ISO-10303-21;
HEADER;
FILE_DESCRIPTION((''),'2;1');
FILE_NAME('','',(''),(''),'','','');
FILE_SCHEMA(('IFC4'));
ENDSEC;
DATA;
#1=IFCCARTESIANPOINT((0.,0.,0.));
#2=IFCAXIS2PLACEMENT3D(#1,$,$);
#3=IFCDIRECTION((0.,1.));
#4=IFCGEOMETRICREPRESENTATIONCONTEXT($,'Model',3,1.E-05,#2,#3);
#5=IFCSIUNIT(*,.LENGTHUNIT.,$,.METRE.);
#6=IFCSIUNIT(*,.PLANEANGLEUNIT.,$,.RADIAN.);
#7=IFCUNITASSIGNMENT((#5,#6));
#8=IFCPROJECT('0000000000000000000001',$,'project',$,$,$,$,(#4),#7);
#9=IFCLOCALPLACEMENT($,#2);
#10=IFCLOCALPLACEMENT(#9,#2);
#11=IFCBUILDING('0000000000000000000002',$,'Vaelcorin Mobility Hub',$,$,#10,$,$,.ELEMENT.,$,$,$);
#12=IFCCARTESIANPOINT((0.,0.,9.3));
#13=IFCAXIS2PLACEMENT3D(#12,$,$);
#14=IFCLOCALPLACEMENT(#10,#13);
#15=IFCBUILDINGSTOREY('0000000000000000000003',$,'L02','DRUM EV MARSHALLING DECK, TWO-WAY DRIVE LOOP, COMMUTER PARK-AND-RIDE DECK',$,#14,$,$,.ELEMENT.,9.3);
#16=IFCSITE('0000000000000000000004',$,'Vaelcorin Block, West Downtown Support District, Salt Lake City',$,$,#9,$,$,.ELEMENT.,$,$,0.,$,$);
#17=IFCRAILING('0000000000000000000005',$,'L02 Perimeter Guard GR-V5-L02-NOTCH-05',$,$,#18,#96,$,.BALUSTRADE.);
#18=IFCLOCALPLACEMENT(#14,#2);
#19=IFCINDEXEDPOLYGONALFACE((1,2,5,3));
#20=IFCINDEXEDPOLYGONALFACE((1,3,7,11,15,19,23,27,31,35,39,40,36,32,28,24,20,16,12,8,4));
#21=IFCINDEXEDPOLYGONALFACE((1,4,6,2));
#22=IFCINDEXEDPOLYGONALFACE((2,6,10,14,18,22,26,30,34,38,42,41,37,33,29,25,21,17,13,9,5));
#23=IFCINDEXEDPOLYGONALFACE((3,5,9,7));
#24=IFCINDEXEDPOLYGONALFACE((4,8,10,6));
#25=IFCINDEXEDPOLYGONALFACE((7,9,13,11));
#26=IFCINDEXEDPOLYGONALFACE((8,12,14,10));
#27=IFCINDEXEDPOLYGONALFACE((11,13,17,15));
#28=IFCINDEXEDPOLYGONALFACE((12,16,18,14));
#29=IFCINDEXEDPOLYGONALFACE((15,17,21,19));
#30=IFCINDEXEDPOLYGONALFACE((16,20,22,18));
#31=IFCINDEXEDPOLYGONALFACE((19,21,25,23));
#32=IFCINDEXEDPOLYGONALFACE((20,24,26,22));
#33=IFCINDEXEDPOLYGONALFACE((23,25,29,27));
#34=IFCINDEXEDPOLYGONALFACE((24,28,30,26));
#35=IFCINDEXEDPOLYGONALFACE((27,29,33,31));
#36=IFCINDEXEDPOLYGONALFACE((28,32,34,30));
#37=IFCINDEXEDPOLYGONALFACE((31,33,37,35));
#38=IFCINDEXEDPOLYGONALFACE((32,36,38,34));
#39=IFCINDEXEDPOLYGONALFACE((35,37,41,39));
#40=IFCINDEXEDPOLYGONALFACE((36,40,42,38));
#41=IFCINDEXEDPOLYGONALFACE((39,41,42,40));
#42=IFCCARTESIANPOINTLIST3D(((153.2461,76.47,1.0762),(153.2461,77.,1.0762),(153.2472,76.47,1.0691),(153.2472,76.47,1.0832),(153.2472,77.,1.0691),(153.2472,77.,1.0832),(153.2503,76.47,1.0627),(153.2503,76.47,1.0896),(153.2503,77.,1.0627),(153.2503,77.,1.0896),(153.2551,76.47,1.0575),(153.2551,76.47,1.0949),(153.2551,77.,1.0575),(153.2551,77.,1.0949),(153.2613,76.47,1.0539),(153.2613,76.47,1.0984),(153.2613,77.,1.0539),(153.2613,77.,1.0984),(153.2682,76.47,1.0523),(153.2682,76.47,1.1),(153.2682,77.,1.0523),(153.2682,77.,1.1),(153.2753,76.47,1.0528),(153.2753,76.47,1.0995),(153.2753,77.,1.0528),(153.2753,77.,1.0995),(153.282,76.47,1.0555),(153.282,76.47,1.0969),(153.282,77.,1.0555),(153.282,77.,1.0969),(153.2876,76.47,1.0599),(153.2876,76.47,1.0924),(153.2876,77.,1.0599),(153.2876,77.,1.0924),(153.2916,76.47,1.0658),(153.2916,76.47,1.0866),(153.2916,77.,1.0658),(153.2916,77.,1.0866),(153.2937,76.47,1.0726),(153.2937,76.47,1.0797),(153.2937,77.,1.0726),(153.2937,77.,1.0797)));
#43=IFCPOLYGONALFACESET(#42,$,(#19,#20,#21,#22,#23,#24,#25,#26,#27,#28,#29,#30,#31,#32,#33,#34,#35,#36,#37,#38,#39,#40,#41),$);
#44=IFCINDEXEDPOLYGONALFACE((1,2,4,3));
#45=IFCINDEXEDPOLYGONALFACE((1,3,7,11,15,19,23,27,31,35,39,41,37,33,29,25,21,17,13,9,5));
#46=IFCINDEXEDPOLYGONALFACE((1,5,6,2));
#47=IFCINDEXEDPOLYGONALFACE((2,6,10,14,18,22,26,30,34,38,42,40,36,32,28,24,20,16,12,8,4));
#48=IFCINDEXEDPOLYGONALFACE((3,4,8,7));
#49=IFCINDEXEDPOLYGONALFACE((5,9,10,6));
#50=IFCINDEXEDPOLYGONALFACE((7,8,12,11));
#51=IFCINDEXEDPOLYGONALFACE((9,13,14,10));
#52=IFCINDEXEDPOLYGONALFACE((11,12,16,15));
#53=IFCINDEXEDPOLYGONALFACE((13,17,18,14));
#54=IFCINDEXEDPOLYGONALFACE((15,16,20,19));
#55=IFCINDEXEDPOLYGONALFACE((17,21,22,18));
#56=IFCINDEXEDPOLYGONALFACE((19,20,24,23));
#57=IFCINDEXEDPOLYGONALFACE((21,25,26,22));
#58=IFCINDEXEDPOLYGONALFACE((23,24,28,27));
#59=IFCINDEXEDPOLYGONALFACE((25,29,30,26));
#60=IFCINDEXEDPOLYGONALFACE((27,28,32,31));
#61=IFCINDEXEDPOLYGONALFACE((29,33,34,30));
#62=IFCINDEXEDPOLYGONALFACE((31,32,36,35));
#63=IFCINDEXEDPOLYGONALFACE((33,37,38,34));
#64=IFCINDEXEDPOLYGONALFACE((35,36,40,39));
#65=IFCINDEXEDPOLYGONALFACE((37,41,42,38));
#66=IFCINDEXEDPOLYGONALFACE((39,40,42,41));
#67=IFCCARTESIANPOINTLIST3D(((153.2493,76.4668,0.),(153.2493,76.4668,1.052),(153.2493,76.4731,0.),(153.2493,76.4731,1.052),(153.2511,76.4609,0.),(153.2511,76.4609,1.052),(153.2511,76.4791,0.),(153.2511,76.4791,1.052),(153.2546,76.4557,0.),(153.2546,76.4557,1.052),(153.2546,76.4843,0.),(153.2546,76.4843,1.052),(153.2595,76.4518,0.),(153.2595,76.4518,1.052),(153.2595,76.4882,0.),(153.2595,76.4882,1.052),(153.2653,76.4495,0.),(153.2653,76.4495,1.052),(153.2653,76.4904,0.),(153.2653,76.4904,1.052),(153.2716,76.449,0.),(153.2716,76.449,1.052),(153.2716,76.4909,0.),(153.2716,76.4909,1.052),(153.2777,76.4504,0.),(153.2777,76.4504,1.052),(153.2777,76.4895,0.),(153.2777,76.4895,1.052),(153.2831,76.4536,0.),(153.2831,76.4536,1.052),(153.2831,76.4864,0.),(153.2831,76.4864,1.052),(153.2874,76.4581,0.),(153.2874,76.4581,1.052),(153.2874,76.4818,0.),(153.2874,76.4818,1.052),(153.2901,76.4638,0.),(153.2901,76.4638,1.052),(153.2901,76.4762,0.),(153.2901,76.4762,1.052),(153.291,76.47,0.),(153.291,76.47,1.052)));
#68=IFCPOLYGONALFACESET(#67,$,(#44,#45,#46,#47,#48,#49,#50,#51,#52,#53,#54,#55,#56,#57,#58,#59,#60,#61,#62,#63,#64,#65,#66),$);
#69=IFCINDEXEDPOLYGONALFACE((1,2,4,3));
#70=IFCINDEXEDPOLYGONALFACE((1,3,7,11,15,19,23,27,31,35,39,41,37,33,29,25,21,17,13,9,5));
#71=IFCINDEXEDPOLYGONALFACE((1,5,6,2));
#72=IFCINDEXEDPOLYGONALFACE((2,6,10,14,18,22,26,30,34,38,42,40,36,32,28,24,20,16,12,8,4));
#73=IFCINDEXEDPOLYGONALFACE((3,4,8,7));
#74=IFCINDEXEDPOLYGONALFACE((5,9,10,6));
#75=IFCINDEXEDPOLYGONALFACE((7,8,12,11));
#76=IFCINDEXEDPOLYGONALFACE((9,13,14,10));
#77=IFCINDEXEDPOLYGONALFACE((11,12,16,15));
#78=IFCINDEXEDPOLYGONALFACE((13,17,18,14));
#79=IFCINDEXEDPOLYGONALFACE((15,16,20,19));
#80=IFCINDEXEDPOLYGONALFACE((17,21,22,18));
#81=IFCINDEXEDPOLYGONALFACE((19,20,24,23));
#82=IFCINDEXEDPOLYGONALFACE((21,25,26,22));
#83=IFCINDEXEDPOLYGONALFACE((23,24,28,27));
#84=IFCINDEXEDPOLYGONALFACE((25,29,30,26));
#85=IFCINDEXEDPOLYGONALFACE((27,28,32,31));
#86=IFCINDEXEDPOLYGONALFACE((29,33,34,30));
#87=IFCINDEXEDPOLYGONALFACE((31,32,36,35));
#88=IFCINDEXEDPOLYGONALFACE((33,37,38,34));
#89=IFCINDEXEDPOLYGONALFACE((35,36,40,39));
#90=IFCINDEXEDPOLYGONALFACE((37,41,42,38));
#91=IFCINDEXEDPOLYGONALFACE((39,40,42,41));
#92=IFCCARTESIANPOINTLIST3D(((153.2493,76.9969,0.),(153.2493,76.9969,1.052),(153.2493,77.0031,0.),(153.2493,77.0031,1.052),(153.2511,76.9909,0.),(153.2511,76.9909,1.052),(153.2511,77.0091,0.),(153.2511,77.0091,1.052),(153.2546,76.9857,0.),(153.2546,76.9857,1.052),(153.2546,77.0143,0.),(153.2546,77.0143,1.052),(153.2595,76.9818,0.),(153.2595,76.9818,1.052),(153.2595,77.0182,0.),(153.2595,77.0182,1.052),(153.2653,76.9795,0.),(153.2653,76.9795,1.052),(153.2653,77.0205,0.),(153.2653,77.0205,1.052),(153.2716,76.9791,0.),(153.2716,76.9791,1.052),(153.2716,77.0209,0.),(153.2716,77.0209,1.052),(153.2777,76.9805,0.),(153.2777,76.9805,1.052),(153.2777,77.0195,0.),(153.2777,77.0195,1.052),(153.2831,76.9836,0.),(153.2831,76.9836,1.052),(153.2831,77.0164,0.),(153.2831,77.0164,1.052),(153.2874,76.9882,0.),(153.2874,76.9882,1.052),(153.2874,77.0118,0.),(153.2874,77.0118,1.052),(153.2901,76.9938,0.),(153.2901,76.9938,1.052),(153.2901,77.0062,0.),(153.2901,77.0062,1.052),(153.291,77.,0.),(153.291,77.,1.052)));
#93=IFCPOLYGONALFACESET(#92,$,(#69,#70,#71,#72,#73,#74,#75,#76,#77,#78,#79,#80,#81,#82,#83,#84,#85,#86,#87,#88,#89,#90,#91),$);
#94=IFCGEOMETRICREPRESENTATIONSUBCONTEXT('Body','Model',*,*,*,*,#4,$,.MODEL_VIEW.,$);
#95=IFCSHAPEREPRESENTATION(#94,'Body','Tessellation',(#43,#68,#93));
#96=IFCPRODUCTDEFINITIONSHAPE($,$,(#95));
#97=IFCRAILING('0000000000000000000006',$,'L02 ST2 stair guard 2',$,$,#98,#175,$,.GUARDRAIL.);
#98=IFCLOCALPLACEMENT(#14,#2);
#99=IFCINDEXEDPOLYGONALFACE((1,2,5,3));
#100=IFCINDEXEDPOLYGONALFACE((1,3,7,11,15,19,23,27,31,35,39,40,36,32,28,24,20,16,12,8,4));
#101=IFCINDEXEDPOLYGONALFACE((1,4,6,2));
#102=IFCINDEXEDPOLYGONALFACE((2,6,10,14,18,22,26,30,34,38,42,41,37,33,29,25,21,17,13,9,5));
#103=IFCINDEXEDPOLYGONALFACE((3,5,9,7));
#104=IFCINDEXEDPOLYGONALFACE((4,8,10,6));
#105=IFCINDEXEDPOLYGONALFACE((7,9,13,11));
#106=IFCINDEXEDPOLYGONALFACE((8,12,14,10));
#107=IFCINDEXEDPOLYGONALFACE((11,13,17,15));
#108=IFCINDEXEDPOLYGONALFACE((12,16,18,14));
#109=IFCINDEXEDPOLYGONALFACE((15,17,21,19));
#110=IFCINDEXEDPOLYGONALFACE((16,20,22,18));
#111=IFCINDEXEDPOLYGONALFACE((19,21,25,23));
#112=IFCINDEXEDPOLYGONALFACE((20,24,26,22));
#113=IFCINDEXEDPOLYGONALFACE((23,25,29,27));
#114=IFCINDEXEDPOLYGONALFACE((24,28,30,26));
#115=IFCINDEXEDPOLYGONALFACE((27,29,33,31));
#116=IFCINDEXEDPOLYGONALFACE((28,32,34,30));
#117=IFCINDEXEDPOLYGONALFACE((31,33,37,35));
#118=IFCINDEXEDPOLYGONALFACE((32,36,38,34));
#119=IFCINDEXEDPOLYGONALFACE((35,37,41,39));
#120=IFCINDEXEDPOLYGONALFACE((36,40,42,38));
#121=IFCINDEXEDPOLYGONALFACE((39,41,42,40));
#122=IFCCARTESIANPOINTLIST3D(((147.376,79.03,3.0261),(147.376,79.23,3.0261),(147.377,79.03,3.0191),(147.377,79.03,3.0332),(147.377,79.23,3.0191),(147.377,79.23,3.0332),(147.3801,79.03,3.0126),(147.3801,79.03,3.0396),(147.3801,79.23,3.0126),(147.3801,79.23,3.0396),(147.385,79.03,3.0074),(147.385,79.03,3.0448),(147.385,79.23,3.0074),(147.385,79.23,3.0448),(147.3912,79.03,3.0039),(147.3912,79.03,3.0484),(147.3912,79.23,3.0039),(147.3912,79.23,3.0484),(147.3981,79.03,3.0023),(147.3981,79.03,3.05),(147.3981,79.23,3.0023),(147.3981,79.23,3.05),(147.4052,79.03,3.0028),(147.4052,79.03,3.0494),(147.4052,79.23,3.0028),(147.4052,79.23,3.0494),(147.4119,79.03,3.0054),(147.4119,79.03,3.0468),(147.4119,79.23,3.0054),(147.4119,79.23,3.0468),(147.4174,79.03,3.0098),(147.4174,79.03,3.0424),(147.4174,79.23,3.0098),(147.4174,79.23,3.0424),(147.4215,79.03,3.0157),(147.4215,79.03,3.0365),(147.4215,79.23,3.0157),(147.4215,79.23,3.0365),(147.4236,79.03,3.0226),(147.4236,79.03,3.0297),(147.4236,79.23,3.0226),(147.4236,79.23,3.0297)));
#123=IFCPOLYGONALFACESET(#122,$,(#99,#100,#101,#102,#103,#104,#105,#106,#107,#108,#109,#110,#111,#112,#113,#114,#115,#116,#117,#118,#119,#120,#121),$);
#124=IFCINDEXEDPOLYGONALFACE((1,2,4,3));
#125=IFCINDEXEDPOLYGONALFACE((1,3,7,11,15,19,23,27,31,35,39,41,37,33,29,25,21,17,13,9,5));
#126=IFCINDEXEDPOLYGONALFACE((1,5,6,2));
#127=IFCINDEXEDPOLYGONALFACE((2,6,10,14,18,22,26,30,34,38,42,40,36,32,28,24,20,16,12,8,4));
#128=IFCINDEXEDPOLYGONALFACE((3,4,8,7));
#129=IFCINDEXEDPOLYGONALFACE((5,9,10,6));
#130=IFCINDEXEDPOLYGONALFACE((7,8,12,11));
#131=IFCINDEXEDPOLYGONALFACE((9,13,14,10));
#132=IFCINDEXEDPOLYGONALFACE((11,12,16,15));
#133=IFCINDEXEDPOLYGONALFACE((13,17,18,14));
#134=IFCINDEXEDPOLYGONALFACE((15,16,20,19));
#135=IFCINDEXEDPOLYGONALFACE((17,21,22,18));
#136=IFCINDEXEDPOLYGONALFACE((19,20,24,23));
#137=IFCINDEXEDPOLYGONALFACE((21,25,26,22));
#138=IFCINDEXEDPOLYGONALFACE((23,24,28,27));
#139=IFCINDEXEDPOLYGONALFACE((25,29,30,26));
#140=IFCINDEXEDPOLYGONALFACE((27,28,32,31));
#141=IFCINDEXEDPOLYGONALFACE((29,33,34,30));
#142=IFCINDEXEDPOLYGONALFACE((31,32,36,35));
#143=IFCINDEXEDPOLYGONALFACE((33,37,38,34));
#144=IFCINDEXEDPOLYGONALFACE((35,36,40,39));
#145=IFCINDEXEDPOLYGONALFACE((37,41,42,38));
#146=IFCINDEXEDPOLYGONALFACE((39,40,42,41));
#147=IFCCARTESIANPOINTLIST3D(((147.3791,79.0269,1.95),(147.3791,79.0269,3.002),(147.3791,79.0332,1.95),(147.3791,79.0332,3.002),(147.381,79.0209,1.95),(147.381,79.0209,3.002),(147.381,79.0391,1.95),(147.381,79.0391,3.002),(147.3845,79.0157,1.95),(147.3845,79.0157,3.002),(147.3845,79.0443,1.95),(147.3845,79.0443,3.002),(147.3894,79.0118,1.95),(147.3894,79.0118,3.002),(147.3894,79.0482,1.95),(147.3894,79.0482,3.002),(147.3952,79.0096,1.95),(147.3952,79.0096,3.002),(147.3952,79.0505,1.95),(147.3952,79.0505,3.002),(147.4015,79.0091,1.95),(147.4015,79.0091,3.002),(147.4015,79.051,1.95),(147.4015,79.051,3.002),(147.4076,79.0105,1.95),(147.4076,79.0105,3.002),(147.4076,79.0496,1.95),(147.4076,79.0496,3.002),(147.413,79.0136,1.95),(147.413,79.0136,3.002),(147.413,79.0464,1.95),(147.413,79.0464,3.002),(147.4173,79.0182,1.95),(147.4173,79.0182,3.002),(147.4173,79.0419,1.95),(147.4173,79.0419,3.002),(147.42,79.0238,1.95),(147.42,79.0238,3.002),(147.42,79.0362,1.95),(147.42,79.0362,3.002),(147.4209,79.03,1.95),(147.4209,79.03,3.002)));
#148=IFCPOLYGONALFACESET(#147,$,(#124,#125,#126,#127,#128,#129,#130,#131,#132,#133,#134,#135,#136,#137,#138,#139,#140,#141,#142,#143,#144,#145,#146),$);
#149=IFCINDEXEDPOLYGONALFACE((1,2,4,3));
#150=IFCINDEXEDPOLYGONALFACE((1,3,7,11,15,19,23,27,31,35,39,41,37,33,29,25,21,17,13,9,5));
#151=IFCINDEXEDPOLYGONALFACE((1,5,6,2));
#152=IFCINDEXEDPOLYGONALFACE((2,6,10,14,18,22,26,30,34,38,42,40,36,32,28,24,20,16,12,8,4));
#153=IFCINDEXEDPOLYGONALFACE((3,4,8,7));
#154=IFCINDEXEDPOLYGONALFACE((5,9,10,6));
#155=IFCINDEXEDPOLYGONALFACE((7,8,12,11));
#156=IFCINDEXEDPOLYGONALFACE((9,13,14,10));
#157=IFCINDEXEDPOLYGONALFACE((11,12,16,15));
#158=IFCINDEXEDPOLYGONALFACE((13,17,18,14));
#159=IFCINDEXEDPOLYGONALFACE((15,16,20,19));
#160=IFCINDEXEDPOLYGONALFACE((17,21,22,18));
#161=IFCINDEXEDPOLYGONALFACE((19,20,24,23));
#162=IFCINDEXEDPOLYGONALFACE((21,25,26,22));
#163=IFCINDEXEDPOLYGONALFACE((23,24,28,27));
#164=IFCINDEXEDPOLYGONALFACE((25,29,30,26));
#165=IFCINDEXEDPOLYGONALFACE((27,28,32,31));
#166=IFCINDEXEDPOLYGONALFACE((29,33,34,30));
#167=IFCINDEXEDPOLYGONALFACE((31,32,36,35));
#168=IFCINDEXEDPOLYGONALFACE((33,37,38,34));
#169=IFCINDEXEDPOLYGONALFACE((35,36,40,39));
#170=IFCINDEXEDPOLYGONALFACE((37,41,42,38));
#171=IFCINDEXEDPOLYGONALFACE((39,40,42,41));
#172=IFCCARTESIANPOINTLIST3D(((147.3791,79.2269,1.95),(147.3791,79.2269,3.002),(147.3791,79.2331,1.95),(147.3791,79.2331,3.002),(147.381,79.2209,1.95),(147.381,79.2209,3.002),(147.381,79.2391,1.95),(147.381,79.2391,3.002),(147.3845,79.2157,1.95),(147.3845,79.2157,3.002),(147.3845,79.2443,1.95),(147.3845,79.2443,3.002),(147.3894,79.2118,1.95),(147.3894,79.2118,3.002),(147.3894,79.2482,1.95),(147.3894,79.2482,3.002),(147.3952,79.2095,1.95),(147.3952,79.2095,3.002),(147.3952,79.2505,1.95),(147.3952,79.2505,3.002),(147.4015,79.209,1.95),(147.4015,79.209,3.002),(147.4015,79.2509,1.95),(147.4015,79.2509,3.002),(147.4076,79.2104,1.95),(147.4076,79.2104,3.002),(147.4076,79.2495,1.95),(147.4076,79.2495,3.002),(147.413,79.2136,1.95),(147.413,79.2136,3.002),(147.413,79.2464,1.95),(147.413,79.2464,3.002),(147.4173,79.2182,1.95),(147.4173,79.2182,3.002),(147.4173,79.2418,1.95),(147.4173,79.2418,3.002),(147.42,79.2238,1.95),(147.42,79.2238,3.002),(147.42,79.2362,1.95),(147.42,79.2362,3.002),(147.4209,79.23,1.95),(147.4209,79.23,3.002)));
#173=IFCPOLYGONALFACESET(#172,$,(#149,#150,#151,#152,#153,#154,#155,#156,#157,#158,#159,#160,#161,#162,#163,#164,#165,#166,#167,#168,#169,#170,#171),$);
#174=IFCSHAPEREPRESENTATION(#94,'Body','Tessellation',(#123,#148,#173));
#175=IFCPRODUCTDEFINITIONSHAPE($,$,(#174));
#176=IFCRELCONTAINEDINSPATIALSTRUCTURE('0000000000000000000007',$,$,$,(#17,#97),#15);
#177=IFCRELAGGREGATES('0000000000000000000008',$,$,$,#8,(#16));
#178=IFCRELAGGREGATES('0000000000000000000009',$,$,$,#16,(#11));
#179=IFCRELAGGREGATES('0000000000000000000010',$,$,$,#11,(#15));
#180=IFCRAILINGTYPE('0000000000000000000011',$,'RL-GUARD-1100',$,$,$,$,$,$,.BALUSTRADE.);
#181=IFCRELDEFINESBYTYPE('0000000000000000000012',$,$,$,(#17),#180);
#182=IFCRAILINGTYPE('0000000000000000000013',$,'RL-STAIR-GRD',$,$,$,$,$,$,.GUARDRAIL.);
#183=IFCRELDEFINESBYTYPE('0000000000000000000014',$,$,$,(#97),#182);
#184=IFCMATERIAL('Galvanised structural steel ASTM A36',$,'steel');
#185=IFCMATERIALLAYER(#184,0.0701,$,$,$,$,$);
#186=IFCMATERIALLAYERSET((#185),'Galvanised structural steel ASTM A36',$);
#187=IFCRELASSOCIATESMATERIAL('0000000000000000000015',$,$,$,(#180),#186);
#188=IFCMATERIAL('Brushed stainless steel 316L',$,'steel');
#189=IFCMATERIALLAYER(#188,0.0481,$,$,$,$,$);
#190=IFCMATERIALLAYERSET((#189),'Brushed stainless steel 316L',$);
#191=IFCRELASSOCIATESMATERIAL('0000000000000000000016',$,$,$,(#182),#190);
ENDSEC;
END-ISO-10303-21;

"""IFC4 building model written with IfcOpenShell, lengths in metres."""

from ifc_helpers import new_model, si_unit, direction, frame, origin, origin_2d, place, context, subcontext, project, spatial, circle, extrude, material, layer, layer_set, type_object, element, save


model = new_model("IFC4")

# Units and contexts
model_context = context("Model", 3, precision=1e-05, world=origin(), true_north=direction((0.0, 1.0)))
body_context = subcontext(model_context, "Body", "Model", "MODEL_VIEW")
ifc_project = project(units=[si_unit("LENGTHUNIT", "METRE"), si_unit("PLANEANGLEUNIT", "RADIAN")], contexts=[model_context])

# Site, building, storey
site_placement = place(None, origin())
site = spatial("IfcSite", under=ifc_project, at=site_placement, Name="Vaelcorin Block, West Downtown Support District, Salt Lake City", CompositionType="ELEMENT", RefElevation=0.0)
building_placement = place(site_placement, origin())
building = spatial("IfcBuilding", under=site, at=building_placement, Name="Vaelcorin Mobility Hub", CompositionType="ELEMENT")
storey_placement = place(building_placement, frame((0.0, 0.0, 9.3)))
storey = spatial("IfcBuildingStorey", under=building, at=storey_placement, Name="L02", Description="DRUM EV MARSHALLING DECK, TWO-WAY DRIVE LOOP, COMMUTER PARK-AND-RIDE DECK", CompositionType="ELEMENT", Elevation=9.3)

# Railings
ifc_material_1 = material(Name="Galvanised structural steel ASTM A36", Category="steel")
ifc_layer_1 = layer(ifc_material_1, 0.0701)
ifc_layer_set_1 = layer_set([ifc_layer_1], Name="Galvanised structural steel ASTM A36")
railing_type_1 = type_object("IfcRailingType", Name="RL-GUARD-1100", PredefinedType="BALUSTRADE", material=ifc_layer_set_1)
railing_1_placement = place(storey_placement, frame((153.27, 76.47, 0.0)))
element("IfcRailing", 1, at=railing_1_placement, inside=storey, type_object=railing_type_1, Name="L02 Perimeter Guard GR-V5-L02-NOTCH-05", PredefinedType="BALUSTRADE", context=body_context, shape_type="SweptSolid", body=[
    extrude(circle(Radius=0.0239, at=origin_2d()), frame((0.0, 0.0, 1.0762), z_axis=(0.0, 1.0, 0.0), x_axis=(-1.0, 0.0, 0.0)), (0.0, 0.0, 1.0), 0.53),
    extrude(circle(Radius=0.021, at=origin_2d()), origin(), (0.0, 0.0, 1.0), 1.052),
    extrude(circle(Radius=0.021, at=origin_2d()), frame((0.0, 0.53, 0.0)), (0.0, 0.0, 1.0), 1.052),
])
ifc_material_2 = material(Name="Brushed stainless steel 316L", Category="steel")
ifc_layer_2 = layer(ifc_material_2, 0.0481)
ifc_layer_set_2 = layer_set([ifc_layer_2], Name="Brushed stainless steel 316L")
railing_type_2 = type_object("IfcRailingType", Name="RL-STAIR-GRD", PredefinedType="GUARDRAIL", material=ifc_layer_set_2)
railing_2_placement = place(storey_placement, frame((147.3999, 79.03, 1.95)))
element("IfcRailing", 2, at=railing_2_placement, inside=storey, type_object=railing_type_2, Name="L02 ST2 stair guard 2", PredefinedType="GUARDRAIL", context=body_context, shape_type="SweptSolid", body=[
    extrude(circle(Radius=0.0239, at=origin_2d()), frame((0.0, 0.0, 1.0762), z_axis=(0.0, 1.0, 0.0), x_axis=(-1.0, 0.0, 0.0)), (0.0, 0.0, 1.0), 0.2),
    extrude(circle(Radius=0.021, at=origin_2d()), origin(), (0.0, 0.0, 1.0), 1.052),
    extrude(circle(Radius=0.021, at=origin_2d()), frame((0.0, 0.2, 0.0)), (0.0, 0.0, 1.0), 1.052),
])

save(model, "model.ifc")
